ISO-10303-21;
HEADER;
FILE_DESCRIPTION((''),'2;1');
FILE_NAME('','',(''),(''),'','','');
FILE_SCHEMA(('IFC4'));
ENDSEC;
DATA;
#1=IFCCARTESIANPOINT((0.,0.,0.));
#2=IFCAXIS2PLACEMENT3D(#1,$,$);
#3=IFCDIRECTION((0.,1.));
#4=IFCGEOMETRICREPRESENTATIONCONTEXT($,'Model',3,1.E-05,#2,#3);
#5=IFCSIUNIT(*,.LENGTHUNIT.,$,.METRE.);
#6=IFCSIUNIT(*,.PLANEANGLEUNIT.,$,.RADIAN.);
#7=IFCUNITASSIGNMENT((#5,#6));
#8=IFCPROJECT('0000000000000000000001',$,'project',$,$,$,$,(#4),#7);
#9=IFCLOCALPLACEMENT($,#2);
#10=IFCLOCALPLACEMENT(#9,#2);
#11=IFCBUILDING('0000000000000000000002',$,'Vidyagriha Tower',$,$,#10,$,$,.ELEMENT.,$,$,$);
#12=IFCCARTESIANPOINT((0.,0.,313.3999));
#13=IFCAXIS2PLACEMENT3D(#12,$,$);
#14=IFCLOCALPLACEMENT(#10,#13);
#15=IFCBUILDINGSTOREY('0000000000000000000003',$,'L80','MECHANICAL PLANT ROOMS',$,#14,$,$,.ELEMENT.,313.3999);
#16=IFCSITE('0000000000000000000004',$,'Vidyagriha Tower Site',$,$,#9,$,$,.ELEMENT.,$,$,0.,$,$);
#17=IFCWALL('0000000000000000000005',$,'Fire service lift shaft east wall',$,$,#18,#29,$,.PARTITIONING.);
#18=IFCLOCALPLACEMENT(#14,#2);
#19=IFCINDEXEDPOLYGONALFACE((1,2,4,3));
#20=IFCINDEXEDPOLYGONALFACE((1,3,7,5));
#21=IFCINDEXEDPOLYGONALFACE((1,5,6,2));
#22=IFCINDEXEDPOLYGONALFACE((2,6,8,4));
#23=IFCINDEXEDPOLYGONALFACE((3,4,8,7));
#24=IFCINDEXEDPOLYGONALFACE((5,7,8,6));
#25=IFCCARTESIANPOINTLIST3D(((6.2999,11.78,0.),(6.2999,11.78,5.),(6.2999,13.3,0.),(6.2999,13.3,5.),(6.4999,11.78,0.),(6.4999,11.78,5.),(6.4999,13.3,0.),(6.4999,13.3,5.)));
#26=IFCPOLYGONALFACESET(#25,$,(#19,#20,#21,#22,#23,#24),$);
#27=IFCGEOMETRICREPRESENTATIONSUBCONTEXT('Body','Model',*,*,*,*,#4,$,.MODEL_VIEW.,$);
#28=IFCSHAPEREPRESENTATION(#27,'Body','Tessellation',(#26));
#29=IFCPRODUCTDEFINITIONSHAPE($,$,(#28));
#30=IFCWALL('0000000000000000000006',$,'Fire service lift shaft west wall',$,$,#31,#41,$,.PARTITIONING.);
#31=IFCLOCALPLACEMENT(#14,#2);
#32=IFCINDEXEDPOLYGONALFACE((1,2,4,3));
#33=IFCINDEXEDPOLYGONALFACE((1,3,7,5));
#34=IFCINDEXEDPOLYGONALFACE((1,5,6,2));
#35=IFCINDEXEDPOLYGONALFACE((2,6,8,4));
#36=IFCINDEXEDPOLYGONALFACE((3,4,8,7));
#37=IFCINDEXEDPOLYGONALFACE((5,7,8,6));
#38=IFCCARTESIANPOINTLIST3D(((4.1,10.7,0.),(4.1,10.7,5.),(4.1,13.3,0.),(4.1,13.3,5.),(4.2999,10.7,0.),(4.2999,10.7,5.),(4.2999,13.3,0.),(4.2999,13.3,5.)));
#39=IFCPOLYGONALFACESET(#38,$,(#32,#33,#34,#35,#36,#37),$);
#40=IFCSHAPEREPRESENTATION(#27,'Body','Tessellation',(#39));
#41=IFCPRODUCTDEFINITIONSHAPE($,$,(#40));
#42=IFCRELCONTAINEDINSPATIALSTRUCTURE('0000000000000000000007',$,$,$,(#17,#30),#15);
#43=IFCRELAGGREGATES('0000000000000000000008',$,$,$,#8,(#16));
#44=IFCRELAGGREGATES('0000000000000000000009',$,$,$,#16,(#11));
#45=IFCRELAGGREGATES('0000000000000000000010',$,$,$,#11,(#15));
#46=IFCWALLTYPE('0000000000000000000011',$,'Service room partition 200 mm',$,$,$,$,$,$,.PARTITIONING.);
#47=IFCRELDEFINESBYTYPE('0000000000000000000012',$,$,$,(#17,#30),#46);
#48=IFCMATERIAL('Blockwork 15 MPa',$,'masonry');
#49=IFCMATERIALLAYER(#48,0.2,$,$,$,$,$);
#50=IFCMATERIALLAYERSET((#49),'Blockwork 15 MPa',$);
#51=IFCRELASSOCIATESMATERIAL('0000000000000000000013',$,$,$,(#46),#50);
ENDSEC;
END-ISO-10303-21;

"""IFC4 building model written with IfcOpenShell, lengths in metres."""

from ifc_helpers import new_model, si_unit, direction, frame, frame_2d, origin, place, context, subcontext, project, spatial, rectangle, extrude, material, layer, layer_set, type_object, element, save


model = new_model("IFC4")

# Units and contexts
model_context = context("Model", 3, precision=1e-05, world=origin(), true_north=direction((0.0, 1.0)))
body_context = subcontext(model_context, "Body", "Model", "MODEL_VIEW")
ifc_project = project(units=[si_unit("LENGTHUNIT", "METRE"), si_unit("PLANEANGLEUNIT", "RADIAN")], contexts=[model_context])

# Site, building, storey
site_placement = place(None, origin())
site = spatial("IfcSite", under=ifc_project, at=site_placement, Name="Vidyagriha Tower Site", CompositionType="ELEMENT", RefElevation=0.0)
building_placement = place(site_placement, origin())
building = spatial("IfcBuilding", under=site, at=building_placement, Name="Vidyagriha Tower", CompositionType="ELEMENT")
storey_placement = place(building_placement, frame((0.0, 0.0, 313.3999)))
storey = spatial("IfcBuildingStorey", under=building, at=storey_placement, Name="L80", Description="MECHANICAL PLANT ROOMS", CompositionType="ELEMENT", Elevation=313.3999)

# Shared definitions
ifc_material_1 = material(Name="Blockwork 15 MPa", Category="masonry")
ifc_layer_1 = layer(ifc_material_1, 0.2)
ifc_layer_set_1 = layer_set([ifc_layer_1], Name="Blockwork 15 MPa")
wall_type_1 = type_object("IfcWallType", Name="Service room partition 200 mm", PredefinedType="PARTITIONING", material=ifc_layer_set_1)

# Walls
wall_1_placement = place(storey_placement, frame((6.3999, 11.78, 0.0), z_axis=(0.0, 0.0, 1.0), x_axis=(0.0, 1.0, 0.0)))
element("IfcWall", 1, at=wall_1_placement, inside=storey, type_object=wall_type_1, Name="Fire service lift shaft east wall", PredefinedType="PARTITIONING", context=body_context, shape_type="SweptSolid", body=[
    extrude(rectangle(XDim=1.52, YDim=0.2, at=frame_2d((0.76, 0.0))), origin(), (0.0, 0.0, 1.0), 5.0),
])
wall_2_placement = place(storey_placement, frame((4.2, 10.7, 0.0), z_axis=(0.0, 0.0, 1.0), x_axis=(0.0, 1.0, 0.0)))
element("IfcWall", 2, at=wall_2_placement, inside=storey, type_object=wall_type_1, Name="Fire service lift shaft west wall", PredefinedType="PARTITIONING", context=body_context, shape_type="SweptSolid", body=[
    extrude(rectangle(XDim=2.6001, YDim=0.2, at=frame_2d((1.3, 0.0))), origin(), (0.0, 0.0, 1.0), 5.0),
])

save(model, "model.ifc")
